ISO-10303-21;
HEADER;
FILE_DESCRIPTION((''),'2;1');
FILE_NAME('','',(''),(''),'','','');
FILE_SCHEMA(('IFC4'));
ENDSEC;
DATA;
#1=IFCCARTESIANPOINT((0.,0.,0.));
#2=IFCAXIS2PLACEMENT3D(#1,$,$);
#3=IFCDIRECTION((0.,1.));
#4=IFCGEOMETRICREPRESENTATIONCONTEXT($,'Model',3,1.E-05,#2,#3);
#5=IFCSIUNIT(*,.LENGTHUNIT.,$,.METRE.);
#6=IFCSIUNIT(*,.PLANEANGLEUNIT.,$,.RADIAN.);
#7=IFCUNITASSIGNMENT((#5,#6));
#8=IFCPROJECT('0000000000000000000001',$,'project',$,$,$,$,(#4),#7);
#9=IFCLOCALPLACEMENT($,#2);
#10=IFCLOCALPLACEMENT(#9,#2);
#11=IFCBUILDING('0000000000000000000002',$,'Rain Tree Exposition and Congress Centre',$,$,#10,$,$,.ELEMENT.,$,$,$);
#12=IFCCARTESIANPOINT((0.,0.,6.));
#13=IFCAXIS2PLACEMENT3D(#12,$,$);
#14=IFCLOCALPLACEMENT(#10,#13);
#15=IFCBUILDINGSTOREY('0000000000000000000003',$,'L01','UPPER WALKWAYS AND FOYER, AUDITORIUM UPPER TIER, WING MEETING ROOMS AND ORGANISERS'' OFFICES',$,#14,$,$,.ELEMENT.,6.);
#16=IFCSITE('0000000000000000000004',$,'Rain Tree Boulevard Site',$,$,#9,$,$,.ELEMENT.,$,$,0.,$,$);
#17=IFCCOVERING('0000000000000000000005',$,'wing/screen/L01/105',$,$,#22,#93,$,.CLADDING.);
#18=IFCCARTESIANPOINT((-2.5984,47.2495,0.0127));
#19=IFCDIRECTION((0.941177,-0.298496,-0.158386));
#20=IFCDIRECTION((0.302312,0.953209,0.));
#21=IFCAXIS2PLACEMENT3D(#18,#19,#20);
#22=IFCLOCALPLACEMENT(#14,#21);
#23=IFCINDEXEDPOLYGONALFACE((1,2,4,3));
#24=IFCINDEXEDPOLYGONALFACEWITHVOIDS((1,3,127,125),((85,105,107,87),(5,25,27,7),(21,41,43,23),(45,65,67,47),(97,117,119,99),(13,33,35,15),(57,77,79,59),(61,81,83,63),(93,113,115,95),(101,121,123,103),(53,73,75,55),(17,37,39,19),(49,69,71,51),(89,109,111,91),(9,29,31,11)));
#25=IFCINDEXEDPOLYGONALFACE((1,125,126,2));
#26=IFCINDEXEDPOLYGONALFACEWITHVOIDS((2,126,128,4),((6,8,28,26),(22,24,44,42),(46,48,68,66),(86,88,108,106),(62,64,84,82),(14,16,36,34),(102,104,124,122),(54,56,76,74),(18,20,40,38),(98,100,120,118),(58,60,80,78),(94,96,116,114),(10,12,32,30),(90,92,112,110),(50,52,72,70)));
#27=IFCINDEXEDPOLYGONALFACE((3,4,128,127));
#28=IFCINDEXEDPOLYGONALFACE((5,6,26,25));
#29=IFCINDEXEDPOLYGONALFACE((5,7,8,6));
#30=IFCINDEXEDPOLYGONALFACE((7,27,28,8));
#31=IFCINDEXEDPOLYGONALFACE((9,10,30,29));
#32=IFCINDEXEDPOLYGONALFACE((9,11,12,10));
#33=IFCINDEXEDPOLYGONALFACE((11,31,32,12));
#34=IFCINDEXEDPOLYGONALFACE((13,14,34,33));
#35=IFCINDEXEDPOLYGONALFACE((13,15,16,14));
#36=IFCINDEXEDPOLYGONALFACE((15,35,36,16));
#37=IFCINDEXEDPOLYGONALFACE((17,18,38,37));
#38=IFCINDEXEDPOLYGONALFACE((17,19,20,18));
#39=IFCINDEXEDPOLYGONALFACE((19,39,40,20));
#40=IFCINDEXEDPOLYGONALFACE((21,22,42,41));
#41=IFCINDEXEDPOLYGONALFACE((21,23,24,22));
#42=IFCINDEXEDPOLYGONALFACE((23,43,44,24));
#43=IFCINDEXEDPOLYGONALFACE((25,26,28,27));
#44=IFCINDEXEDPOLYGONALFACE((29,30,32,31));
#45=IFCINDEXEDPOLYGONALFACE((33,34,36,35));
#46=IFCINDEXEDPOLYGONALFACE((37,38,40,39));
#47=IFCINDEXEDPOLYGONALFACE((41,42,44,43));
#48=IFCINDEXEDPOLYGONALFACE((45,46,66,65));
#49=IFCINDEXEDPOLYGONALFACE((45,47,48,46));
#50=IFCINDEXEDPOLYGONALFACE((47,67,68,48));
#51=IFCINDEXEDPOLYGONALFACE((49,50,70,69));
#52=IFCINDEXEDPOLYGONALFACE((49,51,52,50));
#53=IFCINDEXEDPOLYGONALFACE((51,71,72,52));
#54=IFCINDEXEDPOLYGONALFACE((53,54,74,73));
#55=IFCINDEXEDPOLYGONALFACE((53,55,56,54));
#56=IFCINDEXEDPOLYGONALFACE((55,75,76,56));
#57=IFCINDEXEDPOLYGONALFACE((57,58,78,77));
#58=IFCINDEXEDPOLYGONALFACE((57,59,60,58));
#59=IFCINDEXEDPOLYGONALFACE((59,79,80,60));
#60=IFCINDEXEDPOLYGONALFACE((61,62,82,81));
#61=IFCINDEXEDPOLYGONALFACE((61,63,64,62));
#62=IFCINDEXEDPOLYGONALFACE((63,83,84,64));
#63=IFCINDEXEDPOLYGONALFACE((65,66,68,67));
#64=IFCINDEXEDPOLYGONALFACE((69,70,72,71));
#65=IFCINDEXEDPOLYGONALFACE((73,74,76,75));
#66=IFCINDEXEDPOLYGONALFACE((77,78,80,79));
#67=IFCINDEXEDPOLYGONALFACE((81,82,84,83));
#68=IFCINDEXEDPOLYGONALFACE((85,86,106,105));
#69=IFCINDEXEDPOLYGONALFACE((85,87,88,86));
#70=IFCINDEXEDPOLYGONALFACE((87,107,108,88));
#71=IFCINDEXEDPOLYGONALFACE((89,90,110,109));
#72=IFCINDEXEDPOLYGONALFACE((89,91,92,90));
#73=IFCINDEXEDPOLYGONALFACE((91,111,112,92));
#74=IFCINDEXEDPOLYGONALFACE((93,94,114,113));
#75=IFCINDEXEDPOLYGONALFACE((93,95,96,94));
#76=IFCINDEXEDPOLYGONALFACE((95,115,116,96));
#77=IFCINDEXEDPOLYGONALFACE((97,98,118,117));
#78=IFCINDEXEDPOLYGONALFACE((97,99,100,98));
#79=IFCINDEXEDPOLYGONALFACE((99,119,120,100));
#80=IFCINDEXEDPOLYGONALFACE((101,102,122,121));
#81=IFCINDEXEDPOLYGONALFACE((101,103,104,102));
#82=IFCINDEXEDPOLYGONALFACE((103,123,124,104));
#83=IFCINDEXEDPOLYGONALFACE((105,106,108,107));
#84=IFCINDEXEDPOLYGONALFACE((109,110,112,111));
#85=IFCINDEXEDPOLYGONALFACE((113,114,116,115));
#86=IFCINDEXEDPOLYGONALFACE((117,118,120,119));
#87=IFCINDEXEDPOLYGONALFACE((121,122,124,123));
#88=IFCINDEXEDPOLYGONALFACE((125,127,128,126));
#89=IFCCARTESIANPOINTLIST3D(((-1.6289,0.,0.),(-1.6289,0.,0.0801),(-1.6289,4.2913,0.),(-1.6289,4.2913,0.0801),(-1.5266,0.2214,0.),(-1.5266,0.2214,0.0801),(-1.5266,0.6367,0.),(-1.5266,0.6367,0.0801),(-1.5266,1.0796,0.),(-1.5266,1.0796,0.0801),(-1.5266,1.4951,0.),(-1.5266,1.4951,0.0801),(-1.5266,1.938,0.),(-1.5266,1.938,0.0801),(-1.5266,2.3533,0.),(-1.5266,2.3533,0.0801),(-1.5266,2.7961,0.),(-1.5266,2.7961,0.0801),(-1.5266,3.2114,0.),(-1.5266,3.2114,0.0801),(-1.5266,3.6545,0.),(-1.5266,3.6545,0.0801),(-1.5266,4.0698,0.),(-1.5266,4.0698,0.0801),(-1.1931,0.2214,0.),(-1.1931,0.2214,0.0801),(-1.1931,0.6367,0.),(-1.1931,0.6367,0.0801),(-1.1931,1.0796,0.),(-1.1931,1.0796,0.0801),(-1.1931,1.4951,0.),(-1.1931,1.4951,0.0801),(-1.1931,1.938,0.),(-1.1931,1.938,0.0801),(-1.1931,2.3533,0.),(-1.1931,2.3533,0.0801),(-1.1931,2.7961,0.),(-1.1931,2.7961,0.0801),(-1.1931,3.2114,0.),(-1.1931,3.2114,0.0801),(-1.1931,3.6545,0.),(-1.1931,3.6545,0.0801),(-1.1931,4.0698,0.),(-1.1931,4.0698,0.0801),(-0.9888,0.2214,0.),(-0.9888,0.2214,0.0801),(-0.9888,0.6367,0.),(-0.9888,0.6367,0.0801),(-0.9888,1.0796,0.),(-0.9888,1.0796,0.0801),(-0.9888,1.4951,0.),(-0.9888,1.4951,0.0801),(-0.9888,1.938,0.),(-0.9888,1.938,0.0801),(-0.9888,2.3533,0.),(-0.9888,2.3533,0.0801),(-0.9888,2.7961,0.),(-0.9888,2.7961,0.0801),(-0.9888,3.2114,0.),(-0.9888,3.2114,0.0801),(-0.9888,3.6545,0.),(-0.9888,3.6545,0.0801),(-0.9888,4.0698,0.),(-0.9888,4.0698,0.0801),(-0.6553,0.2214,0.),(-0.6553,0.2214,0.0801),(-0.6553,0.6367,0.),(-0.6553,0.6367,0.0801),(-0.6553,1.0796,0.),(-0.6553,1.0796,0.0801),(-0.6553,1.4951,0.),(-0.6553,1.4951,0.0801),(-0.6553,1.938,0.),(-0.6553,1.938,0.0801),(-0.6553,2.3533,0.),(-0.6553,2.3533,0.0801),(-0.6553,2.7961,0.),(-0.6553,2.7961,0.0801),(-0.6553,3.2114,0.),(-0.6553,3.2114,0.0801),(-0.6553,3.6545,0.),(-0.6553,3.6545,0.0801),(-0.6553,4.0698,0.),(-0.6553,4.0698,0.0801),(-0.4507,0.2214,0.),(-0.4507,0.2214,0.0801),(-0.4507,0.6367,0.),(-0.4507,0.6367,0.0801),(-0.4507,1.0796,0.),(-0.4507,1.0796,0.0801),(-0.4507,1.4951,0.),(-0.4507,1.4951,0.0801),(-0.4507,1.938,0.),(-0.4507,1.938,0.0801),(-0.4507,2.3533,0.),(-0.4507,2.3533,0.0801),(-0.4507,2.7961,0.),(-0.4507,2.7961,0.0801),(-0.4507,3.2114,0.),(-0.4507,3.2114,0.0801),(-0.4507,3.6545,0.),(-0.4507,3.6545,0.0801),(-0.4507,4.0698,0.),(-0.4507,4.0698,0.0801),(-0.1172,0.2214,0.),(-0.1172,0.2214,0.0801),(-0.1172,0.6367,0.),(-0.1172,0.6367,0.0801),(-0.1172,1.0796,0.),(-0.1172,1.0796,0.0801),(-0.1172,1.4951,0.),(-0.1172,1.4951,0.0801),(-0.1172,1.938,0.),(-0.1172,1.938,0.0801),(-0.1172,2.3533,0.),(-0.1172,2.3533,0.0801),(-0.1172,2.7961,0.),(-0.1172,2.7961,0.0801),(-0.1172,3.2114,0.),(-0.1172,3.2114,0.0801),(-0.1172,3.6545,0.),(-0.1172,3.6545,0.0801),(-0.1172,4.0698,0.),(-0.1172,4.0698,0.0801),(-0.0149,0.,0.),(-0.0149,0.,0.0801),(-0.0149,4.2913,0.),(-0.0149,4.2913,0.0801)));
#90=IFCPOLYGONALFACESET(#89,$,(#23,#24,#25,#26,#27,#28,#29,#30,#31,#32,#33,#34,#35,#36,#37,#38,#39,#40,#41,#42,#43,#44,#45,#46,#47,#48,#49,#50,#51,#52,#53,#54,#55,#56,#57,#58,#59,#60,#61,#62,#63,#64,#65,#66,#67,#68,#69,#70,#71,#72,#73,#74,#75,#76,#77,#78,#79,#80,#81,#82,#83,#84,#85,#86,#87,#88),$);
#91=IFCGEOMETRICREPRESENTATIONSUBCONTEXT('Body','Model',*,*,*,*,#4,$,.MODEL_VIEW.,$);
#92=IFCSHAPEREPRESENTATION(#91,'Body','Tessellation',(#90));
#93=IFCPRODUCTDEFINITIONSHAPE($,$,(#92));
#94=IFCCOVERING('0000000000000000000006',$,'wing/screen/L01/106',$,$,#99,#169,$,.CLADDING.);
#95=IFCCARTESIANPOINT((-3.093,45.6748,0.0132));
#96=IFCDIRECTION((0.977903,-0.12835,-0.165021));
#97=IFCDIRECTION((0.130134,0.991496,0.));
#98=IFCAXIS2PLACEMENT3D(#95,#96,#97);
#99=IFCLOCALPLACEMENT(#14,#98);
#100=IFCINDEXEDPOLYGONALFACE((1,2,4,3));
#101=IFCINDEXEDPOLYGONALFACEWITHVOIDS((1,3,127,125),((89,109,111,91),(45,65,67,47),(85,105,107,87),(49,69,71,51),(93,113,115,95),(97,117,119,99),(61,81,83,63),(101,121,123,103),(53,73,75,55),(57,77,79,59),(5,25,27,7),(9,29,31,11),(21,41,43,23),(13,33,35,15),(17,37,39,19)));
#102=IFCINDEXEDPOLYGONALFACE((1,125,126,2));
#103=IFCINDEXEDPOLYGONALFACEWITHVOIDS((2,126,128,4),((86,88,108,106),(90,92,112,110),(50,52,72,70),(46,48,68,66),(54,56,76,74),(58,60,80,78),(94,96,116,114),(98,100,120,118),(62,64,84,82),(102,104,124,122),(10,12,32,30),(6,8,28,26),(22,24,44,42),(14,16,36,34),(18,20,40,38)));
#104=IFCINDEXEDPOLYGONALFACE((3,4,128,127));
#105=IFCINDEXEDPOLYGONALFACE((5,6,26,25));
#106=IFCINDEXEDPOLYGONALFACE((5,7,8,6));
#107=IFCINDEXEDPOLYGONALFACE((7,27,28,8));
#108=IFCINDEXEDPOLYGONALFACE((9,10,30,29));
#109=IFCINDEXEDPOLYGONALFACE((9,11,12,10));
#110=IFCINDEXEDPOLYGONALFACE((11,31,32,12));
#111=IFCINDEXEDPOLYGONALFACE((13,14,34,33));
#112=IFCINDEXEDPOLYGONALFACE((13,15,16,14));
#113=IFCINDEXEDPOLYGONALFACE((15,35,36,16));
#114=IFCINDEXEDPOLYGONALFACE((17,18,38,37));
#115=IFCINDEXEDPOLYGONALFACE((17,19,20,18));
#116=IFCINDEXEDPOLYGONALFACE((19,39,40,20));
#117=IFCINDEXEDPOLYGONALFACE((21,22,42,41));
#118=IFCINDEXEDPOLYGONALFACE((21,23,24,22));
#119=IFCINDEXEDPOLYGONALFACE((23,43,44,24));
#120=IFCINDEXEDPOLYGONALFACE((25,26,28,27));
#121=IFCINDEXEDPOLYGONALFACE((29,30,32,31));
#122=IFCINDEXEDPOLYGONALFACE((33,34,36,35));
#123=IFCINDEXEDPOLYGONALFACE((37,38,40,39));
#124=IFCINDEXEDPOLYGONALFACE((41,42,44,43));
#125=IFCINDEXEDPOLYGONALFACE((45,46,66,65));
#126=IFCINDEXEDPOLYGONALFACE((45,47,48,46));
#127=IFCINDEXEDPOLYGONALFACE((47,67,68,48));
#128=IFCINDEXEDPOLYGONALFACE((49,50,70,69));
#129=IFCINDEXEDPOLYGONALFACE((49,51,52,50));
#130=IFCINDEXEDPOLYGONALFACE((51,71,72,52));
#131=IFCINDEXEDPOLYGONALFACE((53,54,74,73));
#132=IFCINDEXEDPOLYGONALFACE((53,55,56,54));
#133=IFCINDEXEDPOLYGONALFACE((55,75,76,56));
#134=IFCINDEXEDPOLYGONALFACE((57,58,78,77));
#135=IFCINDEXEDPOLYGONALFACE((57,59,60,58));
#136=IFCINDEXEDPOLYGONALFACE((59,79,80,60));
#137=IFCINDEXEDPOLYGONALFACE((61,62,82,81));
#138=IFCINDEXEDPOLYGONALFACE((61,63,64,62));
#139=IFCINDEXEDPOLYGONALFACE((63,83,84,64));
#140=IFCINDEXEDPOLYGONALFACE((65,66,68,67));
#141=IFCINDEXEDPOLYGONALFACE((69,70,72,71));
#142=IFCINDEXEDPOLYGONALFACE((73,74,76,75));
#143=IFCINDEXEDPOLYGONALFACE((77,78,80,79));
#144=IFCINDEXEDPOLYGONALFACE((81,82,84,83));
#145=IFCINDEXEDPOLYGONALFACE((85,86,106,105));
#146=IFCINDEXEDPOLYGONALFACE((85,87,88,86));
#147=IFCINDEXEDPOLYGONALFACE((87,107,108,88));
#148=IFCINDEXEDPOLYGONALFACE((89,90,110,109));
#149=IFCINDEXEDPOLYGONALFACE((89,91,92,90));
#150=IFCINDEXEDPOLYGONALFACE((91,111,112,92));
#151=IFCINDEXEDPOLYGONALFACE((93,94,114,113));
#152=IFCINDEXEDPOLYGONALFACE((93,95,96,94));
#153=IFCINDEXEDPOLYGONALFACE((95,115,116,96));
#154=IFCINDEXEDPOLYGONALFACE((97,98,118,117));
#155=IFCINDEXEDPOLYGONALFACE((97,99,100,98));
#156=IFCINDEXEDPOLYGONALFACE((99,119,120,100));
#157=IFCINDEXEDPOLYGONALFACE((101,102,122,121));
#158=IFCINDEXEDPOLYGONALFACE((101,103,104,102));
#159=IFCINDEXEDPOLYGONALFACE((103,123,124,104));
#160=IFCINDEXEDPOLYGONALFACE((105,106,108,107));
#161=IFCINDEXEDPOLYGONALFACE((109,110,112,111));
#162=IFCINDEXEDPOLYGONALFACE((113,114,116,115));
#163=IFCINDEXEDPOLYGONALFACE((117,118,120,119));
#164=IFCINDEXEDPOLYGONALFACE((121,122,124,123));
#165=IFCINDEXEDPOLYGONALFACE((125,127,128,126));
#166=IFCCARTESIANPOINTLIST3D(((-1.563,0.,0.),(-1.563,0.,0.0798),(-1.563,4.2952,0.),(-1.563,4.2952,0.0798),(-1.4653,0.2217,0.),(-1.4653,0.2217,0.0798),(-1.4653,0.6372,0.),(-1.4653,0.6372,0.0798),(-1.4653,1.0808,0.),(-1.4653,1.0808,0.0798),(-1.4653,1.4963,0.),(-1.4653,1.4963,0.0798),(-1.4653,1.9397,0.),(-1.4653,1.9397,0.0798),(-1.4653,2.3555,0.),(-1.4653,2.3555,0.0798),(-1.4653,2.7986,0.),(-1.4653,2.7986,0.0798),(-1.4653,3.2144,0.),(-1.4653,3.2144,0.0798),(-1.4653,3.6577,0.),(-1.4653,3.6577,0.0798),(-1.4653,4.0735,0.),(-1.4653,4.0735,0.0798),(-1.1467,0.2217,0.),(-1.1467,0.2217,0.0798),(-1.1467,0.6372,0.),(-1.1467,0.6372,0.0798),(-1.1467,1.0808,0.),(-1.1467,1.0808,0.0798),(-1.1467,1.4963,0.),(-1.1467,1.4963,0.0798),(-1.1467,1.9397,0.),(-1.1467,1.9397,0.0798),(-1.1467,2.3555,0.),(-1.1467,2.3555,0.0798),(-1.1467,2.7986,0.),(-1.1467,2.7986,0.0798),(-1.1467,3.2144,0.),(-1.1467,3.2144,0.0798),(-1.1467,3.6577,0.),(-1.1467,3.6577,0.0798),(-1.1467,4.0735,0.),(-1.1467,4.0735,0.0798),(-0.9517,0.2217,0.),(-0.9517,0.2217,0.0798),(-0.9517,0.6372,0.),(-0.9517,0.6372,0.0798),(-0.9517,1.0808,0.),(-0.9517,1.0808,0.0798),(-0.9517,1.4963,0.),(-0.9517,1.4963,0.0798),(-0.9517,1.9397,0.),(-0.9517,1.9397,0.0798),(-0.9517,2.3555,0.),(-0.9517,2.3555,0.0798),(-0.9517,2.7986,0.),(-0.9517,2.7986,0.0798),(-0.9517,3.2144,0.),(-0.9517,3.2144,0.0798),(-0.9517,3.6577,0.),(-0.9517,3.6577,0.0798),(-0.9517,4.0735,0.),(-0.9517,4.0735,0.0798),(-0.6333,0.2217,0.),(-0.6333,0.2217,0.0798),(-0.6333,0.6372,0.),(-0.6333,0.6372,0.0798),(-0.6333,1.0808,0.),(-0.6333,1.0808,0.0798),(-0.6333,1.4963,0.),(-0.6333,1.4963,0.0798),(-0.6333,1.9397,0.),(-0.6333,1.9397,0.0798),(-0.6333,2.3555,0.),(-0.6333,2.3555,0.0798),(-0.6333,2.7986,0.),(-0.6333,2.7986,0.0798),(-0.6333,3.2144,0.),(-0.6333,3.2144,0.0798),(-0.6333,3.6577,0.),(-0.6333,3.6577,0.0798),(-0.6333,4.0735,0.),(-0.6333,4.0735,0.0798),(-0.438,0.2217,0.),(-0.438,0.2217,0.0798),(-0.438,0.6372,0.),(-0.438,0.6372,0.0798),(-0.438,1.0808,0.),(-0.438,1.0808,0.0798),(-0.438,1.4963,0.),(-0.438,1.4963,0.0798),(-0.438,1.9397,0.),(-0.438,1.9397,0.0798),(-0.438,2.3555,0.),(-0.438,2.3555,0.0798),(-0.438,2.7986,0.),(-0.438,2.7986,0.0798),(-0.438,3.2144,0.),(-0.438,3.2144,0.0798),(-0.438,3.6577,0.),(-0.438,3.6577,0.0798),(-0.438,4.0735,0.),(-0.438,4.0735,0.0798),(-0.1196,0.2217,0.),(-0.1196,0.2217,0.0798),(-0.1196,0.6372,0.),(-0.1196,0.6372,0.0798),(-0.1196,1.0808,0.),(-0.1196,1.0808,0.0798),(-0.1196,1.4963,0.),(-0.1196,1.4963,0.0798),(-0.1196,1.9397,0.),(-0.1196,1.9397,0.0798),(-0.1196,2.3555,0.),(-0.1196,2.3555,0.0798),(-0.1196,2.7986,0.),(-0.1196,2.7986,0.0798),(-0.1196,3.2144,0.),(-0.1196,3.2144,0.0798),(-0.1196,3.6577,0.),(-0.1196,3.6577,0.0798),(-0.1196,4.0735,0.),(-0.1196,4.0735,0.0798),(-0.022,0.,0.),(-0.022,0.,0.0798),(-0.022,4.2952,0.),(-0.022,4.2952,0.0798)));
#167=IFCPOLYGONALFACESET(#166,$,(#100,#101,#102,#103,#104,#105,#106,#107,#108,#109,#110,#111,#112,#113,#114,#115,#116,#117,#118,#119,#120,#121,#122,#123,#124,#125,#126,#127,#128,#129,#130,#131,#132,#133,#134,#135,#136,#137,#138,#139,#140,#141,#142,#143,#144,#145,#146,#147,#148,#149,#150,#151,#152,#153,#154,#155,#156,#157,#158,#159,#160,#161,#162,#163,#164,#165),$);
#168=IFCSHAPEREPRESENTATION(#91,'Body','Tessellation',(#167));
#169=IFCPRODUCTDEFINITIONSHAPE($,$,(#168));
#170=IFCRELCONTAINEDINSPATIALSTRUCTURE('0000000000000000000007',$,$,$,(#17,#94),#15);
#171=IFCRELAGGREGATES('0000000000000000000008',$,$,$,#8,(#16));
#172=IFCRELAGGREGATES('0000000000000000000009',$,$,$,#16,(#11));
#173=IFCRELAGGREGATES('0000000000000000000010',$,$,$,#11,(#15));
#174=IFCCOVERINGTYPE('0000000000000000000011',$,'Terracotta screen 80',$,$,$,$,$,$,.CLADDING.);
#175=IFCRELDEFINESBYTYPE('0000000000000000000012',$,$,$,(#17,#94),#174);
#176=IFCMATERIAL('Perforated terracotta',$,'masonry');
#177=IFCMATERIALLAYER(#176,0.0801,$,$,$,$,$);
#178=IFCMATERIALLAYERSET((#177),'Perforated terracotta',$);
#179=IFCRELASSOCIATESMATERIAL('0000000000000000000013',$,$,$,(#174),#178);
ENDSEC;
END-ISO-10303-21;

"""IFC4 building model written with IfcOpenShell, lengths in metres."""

from ifc_helpers import new_model, si_unit, direction, frame, origin, place, context, subcontext, project, spatial, polyline, outline, extrude, material, layer, layer_set, type_object, element, save


model = new_model("IFC4")

# Units and contexts
model_context = context("Model", 3, precision=1e-05, world=origin(), true_north=direction((0.0, 1.0)))
body_context = subcontext(model_context, "Body", "Model", "MODEL_VIEW")
ifc_project = project(units=[si_unit("LENGTHUNIT", "METRE"), si_unit("PLANEANGLEUNIT", "RADIAN")], contexts=[model_context])

# Site, building, storey
site_placement = place(None, origin())
site = spatial("IfcSite", under=ifc_project, at=site_placement, Name="Rain Tree Boulevard Site", CompositionType="ELEMENT", RefElevation=0.0)
building_placement = place(site_placement, origin())
building = spatial("IfcBuilding", under=site, at=building_placement, Name="Rain Tree Exposition and Congress Centre", CompositionType="ELEMENT")
storey_placement = place(building_placement, frame((0.0, 0.0, 6.0)))
storey = spatial("IfcBuildingStorey", under=building, at=storey_placement, Name="L01", Description="UPPER WALKWAYS AND FOYER, AUDITORIUM UPPER TIER, WING MEETING ROOMS AND ORGANISERS' OFFICES", CompositionType="ELEMENT", Elevation=6.0)

# Coverings
ifc_material_1 = material(Name="Perforated terracotta", Category="masonry")
ifc_layer_1 = layer(ifc_material_1, 0.0801)
ifc_layer_set_1 = layer_set([ifc_layer_1], Name="Perforated terracotta")
covering_type = type_object("IfcCoveringType", Name="Terracotta screen 80", PredefinedType="CLADDING", material=ifc_layer_set_1)
covering_1_placement = place(storey_placement, frame((-2.5984, 47.2495, 0.0127), z_axis=(0.941177, -0.298496, -0.158386), x_axis=(0.302312, 0.953209, 0.0)))
element("IfcCovering", 1, at=covering_1_placement, inside=storey, type_object=covering_type, Name="wing/screen/L01/105", PredefinedType="CLADDING", context=body_context, shape_type="SweptSolid", body=[
    extrude(outline(polyline([(-1.6289, 0.0), (-1.6289, 4.2913), (-0.0149, 4.2913), (-0.0149, 0.0), (-1.6289, 0.0)]), holes=[polyline([(-0.1172, 0.2214), (-0.1172, 0.6367), (-0.4507, 0.6367), (-0.4507, 0.2214), (-0.1172, 0.2214)]), polyline([(-0.1172, 1.0796), (-0.1172, 1.4951), (-0.4507, 1.4951), (-0.4507, 1.0796), (-0.1172, 1.0796)]), polyline([(-0.1172, 1.938), (-0.1172, 2.3533), (-0.4507, 2.3533), (-0.4507, 1.938), (-0.1172, 1.938)]), polyline([(-0.1172, 2.7961), (-0.1172, 3.2114), (-0.4507, 3.2114), (-0.4507, 2.7961), (-0.1172, 2.7961)]), polyline([(-0.1172, 3.6545), (-0.1172, 4.0698), (-0.4507, 4.0698), (-0.4507, 3.6545), (-0.1172, 3.6545)]), polyline([(-0.6553, 0.2214), (-0.6553, 0.6367), (-0.9888, 0.6367), (-0.9888, 0.2214), (-0.6553, 0.2214)]), polyline([(-0.6553, 1.0796), (-0.6553, 1.4951), (-0.9888, 1.4951), (-0.9888, 1.0796), (-0.6553, 1.0796)]), polyline([(-0.6553, 1.938), (-0.6553, 2.3533), (-0.9888, 2.3533), (-0.9888, 1.938), (-0.6553, 1.938)]), polyline([(-0.6553, 2.7961), (-0.6553, 3.2114), (-0.9888, 3.2114), (-0.9888, 2.7961), (-0.6553, 2.7961)]), polyline([(-0.6553, 3.6545), (-0.6553, 4.0698), (-0.9888, 4.0698), (-0.9888, 3.6545), (-0.6553, 3.6545)]), polyline([(-1.1931, 0.2214), (-1.1931, 0.6367), (-1.5266, 0.6367), (-1.5266, 0.2214), (-1.1931, 0.2214)]), polyline([(-1.1931, 1.0796), (-1.1931, 1.4951), (-1.5266, 1.4951), (-1.5266, 1.0796), (-1.1931, 1.0796)]), polyline([(-1.1931, 1.938), (-1.1931, 2.3533), (-1.5266, 2.3533), (-1.5266, 1.938), (-1.1931, 1.938)]), polyline([(-1.1931, 2.7961), (-1.1931, 3.2114), (-1.5266, 3.2114), (-1.5266, 2.7961), (-1.1931, 2.7961)]), polyline([(-1.1931, 3.6545), (-1.1931, 4.0698), (-1.5266, 4.0698), (-1.5266, 3.6545), (-1.1931, 3.6545)])]), origin(), (0.0, 0.0, 1.0), 0.0801),
])
covering_2_placement = place(storey_placement, frame((-3.093, 45.6748, 0.0132), z_axis=(0.977903, -0.12835, -0.165021), x_axis=(0.130134, 0.991496, 0.0)))
element("IfcCovering", 2, at=covering_2_placement, inside=storey, type_object=covering_type, Name="wing/screen/L01/106", PredefinedType="CLADDING", context=body_context, shape_type="SweptSolid", body=[
    extrude(outline(polyline([(-1.563, 0.0), (-1.563, 4.2952), (-0.022, 4.2952), (-0.022, 0.0), (-1.563, 0.0)]), holes=[polyline([(-0.1196, 0.2217), (-0.1196, 0.6372), (-0.438, 0.6372), (-0.438, 0.2217), (-0.1196, 0.2217)]), polyline([(-0.1196, 1.0808), (-0.1196, 1.4963), (-0.438, 1.4963), (-0.438, 1.0808), (-0.1196, 1.0808)]), polyline([(-0.1196, 1.9397), (-0.1196, 2.3555), (-0.438, 2.3555), (-0.438, 1.9397), (-0.1196, 1.9397)]), polyline([(-0.1196, 2.7986), (-0.1196, 3.2144), (-0.438, 3.2144), (-0.438, 2.7986), (-0.1196, 2.7986)]), polyline([(-0.1196, 3.6577), (-0.1196, 4.0735), (-0.438, 4.0735), (-0.438, 3.6577), (-0.1196, 3.6577)]), polyline([(-0.6333, 0.2217), (-0.6333, 0.6372), (-0.9517, 0.6372), (-0.9517, 0.2217), (-0.6333, 0.2217)]), polyline([(-0.6333, 1.0808), (-0.6333, 1.4963), (-0.9517, 1.4963), (-0.9517, 1.0808), (-0.6333, 1.0808)]), polyline([(-0.6333, 1.9397), (-0.6333, 2.3555), (-0.9517, 2.3555), (-0.9517, 1.9397), (-0.6333, 1.9397)]), polyline([(-0.6333, 2.7986), (-0.6333, 3.2144), (-0.9517, 3.2144), (-0.9517, 2.7986), (-0.6333, 2.7986)]), polyline([(-0.6333, 3.6577), (-0.6333, 4.0735), (-0.9517, 4.0735), (-0.9517, 3.6577), (-0.6333, 3.6577)]), polyline([(-1.1467, 0.2217), (-1.1467, 0.6372), (-1.4653, 0.6372), (-1.4653, 0.2217), (-1.1467, 0.2217)]), polyline([(-1.1467, 1.0808), (-1.1467, 1.4963), (-1.4653, 1.4963), (-1.4653, 1.0808), (-1.1467, 1.0808)]), polyline([(-1.1467, 1.9397), (-1.1467, 2.3555), (-1.4653, 2.3555), (-1.4653, 1.9397), (-1.1467, 1.9397)]), polyline([(-1.1467, 2.7986), (-1.1467, 3.2144), (-1.4653, 3.2144), (-1.4653, 2.7986), (-1.1467, 2.7986)]), polyline([(-1.1467, 3.6577), (-1.1467, 4.0735), (-1.4653, 4.0735), (-1.4653, 3.6577), (-1.1467, 3.6577)])]), origin(), (0.0, 0.0, 1.0), 0.0798),
])

save(model, "model.ifc")
